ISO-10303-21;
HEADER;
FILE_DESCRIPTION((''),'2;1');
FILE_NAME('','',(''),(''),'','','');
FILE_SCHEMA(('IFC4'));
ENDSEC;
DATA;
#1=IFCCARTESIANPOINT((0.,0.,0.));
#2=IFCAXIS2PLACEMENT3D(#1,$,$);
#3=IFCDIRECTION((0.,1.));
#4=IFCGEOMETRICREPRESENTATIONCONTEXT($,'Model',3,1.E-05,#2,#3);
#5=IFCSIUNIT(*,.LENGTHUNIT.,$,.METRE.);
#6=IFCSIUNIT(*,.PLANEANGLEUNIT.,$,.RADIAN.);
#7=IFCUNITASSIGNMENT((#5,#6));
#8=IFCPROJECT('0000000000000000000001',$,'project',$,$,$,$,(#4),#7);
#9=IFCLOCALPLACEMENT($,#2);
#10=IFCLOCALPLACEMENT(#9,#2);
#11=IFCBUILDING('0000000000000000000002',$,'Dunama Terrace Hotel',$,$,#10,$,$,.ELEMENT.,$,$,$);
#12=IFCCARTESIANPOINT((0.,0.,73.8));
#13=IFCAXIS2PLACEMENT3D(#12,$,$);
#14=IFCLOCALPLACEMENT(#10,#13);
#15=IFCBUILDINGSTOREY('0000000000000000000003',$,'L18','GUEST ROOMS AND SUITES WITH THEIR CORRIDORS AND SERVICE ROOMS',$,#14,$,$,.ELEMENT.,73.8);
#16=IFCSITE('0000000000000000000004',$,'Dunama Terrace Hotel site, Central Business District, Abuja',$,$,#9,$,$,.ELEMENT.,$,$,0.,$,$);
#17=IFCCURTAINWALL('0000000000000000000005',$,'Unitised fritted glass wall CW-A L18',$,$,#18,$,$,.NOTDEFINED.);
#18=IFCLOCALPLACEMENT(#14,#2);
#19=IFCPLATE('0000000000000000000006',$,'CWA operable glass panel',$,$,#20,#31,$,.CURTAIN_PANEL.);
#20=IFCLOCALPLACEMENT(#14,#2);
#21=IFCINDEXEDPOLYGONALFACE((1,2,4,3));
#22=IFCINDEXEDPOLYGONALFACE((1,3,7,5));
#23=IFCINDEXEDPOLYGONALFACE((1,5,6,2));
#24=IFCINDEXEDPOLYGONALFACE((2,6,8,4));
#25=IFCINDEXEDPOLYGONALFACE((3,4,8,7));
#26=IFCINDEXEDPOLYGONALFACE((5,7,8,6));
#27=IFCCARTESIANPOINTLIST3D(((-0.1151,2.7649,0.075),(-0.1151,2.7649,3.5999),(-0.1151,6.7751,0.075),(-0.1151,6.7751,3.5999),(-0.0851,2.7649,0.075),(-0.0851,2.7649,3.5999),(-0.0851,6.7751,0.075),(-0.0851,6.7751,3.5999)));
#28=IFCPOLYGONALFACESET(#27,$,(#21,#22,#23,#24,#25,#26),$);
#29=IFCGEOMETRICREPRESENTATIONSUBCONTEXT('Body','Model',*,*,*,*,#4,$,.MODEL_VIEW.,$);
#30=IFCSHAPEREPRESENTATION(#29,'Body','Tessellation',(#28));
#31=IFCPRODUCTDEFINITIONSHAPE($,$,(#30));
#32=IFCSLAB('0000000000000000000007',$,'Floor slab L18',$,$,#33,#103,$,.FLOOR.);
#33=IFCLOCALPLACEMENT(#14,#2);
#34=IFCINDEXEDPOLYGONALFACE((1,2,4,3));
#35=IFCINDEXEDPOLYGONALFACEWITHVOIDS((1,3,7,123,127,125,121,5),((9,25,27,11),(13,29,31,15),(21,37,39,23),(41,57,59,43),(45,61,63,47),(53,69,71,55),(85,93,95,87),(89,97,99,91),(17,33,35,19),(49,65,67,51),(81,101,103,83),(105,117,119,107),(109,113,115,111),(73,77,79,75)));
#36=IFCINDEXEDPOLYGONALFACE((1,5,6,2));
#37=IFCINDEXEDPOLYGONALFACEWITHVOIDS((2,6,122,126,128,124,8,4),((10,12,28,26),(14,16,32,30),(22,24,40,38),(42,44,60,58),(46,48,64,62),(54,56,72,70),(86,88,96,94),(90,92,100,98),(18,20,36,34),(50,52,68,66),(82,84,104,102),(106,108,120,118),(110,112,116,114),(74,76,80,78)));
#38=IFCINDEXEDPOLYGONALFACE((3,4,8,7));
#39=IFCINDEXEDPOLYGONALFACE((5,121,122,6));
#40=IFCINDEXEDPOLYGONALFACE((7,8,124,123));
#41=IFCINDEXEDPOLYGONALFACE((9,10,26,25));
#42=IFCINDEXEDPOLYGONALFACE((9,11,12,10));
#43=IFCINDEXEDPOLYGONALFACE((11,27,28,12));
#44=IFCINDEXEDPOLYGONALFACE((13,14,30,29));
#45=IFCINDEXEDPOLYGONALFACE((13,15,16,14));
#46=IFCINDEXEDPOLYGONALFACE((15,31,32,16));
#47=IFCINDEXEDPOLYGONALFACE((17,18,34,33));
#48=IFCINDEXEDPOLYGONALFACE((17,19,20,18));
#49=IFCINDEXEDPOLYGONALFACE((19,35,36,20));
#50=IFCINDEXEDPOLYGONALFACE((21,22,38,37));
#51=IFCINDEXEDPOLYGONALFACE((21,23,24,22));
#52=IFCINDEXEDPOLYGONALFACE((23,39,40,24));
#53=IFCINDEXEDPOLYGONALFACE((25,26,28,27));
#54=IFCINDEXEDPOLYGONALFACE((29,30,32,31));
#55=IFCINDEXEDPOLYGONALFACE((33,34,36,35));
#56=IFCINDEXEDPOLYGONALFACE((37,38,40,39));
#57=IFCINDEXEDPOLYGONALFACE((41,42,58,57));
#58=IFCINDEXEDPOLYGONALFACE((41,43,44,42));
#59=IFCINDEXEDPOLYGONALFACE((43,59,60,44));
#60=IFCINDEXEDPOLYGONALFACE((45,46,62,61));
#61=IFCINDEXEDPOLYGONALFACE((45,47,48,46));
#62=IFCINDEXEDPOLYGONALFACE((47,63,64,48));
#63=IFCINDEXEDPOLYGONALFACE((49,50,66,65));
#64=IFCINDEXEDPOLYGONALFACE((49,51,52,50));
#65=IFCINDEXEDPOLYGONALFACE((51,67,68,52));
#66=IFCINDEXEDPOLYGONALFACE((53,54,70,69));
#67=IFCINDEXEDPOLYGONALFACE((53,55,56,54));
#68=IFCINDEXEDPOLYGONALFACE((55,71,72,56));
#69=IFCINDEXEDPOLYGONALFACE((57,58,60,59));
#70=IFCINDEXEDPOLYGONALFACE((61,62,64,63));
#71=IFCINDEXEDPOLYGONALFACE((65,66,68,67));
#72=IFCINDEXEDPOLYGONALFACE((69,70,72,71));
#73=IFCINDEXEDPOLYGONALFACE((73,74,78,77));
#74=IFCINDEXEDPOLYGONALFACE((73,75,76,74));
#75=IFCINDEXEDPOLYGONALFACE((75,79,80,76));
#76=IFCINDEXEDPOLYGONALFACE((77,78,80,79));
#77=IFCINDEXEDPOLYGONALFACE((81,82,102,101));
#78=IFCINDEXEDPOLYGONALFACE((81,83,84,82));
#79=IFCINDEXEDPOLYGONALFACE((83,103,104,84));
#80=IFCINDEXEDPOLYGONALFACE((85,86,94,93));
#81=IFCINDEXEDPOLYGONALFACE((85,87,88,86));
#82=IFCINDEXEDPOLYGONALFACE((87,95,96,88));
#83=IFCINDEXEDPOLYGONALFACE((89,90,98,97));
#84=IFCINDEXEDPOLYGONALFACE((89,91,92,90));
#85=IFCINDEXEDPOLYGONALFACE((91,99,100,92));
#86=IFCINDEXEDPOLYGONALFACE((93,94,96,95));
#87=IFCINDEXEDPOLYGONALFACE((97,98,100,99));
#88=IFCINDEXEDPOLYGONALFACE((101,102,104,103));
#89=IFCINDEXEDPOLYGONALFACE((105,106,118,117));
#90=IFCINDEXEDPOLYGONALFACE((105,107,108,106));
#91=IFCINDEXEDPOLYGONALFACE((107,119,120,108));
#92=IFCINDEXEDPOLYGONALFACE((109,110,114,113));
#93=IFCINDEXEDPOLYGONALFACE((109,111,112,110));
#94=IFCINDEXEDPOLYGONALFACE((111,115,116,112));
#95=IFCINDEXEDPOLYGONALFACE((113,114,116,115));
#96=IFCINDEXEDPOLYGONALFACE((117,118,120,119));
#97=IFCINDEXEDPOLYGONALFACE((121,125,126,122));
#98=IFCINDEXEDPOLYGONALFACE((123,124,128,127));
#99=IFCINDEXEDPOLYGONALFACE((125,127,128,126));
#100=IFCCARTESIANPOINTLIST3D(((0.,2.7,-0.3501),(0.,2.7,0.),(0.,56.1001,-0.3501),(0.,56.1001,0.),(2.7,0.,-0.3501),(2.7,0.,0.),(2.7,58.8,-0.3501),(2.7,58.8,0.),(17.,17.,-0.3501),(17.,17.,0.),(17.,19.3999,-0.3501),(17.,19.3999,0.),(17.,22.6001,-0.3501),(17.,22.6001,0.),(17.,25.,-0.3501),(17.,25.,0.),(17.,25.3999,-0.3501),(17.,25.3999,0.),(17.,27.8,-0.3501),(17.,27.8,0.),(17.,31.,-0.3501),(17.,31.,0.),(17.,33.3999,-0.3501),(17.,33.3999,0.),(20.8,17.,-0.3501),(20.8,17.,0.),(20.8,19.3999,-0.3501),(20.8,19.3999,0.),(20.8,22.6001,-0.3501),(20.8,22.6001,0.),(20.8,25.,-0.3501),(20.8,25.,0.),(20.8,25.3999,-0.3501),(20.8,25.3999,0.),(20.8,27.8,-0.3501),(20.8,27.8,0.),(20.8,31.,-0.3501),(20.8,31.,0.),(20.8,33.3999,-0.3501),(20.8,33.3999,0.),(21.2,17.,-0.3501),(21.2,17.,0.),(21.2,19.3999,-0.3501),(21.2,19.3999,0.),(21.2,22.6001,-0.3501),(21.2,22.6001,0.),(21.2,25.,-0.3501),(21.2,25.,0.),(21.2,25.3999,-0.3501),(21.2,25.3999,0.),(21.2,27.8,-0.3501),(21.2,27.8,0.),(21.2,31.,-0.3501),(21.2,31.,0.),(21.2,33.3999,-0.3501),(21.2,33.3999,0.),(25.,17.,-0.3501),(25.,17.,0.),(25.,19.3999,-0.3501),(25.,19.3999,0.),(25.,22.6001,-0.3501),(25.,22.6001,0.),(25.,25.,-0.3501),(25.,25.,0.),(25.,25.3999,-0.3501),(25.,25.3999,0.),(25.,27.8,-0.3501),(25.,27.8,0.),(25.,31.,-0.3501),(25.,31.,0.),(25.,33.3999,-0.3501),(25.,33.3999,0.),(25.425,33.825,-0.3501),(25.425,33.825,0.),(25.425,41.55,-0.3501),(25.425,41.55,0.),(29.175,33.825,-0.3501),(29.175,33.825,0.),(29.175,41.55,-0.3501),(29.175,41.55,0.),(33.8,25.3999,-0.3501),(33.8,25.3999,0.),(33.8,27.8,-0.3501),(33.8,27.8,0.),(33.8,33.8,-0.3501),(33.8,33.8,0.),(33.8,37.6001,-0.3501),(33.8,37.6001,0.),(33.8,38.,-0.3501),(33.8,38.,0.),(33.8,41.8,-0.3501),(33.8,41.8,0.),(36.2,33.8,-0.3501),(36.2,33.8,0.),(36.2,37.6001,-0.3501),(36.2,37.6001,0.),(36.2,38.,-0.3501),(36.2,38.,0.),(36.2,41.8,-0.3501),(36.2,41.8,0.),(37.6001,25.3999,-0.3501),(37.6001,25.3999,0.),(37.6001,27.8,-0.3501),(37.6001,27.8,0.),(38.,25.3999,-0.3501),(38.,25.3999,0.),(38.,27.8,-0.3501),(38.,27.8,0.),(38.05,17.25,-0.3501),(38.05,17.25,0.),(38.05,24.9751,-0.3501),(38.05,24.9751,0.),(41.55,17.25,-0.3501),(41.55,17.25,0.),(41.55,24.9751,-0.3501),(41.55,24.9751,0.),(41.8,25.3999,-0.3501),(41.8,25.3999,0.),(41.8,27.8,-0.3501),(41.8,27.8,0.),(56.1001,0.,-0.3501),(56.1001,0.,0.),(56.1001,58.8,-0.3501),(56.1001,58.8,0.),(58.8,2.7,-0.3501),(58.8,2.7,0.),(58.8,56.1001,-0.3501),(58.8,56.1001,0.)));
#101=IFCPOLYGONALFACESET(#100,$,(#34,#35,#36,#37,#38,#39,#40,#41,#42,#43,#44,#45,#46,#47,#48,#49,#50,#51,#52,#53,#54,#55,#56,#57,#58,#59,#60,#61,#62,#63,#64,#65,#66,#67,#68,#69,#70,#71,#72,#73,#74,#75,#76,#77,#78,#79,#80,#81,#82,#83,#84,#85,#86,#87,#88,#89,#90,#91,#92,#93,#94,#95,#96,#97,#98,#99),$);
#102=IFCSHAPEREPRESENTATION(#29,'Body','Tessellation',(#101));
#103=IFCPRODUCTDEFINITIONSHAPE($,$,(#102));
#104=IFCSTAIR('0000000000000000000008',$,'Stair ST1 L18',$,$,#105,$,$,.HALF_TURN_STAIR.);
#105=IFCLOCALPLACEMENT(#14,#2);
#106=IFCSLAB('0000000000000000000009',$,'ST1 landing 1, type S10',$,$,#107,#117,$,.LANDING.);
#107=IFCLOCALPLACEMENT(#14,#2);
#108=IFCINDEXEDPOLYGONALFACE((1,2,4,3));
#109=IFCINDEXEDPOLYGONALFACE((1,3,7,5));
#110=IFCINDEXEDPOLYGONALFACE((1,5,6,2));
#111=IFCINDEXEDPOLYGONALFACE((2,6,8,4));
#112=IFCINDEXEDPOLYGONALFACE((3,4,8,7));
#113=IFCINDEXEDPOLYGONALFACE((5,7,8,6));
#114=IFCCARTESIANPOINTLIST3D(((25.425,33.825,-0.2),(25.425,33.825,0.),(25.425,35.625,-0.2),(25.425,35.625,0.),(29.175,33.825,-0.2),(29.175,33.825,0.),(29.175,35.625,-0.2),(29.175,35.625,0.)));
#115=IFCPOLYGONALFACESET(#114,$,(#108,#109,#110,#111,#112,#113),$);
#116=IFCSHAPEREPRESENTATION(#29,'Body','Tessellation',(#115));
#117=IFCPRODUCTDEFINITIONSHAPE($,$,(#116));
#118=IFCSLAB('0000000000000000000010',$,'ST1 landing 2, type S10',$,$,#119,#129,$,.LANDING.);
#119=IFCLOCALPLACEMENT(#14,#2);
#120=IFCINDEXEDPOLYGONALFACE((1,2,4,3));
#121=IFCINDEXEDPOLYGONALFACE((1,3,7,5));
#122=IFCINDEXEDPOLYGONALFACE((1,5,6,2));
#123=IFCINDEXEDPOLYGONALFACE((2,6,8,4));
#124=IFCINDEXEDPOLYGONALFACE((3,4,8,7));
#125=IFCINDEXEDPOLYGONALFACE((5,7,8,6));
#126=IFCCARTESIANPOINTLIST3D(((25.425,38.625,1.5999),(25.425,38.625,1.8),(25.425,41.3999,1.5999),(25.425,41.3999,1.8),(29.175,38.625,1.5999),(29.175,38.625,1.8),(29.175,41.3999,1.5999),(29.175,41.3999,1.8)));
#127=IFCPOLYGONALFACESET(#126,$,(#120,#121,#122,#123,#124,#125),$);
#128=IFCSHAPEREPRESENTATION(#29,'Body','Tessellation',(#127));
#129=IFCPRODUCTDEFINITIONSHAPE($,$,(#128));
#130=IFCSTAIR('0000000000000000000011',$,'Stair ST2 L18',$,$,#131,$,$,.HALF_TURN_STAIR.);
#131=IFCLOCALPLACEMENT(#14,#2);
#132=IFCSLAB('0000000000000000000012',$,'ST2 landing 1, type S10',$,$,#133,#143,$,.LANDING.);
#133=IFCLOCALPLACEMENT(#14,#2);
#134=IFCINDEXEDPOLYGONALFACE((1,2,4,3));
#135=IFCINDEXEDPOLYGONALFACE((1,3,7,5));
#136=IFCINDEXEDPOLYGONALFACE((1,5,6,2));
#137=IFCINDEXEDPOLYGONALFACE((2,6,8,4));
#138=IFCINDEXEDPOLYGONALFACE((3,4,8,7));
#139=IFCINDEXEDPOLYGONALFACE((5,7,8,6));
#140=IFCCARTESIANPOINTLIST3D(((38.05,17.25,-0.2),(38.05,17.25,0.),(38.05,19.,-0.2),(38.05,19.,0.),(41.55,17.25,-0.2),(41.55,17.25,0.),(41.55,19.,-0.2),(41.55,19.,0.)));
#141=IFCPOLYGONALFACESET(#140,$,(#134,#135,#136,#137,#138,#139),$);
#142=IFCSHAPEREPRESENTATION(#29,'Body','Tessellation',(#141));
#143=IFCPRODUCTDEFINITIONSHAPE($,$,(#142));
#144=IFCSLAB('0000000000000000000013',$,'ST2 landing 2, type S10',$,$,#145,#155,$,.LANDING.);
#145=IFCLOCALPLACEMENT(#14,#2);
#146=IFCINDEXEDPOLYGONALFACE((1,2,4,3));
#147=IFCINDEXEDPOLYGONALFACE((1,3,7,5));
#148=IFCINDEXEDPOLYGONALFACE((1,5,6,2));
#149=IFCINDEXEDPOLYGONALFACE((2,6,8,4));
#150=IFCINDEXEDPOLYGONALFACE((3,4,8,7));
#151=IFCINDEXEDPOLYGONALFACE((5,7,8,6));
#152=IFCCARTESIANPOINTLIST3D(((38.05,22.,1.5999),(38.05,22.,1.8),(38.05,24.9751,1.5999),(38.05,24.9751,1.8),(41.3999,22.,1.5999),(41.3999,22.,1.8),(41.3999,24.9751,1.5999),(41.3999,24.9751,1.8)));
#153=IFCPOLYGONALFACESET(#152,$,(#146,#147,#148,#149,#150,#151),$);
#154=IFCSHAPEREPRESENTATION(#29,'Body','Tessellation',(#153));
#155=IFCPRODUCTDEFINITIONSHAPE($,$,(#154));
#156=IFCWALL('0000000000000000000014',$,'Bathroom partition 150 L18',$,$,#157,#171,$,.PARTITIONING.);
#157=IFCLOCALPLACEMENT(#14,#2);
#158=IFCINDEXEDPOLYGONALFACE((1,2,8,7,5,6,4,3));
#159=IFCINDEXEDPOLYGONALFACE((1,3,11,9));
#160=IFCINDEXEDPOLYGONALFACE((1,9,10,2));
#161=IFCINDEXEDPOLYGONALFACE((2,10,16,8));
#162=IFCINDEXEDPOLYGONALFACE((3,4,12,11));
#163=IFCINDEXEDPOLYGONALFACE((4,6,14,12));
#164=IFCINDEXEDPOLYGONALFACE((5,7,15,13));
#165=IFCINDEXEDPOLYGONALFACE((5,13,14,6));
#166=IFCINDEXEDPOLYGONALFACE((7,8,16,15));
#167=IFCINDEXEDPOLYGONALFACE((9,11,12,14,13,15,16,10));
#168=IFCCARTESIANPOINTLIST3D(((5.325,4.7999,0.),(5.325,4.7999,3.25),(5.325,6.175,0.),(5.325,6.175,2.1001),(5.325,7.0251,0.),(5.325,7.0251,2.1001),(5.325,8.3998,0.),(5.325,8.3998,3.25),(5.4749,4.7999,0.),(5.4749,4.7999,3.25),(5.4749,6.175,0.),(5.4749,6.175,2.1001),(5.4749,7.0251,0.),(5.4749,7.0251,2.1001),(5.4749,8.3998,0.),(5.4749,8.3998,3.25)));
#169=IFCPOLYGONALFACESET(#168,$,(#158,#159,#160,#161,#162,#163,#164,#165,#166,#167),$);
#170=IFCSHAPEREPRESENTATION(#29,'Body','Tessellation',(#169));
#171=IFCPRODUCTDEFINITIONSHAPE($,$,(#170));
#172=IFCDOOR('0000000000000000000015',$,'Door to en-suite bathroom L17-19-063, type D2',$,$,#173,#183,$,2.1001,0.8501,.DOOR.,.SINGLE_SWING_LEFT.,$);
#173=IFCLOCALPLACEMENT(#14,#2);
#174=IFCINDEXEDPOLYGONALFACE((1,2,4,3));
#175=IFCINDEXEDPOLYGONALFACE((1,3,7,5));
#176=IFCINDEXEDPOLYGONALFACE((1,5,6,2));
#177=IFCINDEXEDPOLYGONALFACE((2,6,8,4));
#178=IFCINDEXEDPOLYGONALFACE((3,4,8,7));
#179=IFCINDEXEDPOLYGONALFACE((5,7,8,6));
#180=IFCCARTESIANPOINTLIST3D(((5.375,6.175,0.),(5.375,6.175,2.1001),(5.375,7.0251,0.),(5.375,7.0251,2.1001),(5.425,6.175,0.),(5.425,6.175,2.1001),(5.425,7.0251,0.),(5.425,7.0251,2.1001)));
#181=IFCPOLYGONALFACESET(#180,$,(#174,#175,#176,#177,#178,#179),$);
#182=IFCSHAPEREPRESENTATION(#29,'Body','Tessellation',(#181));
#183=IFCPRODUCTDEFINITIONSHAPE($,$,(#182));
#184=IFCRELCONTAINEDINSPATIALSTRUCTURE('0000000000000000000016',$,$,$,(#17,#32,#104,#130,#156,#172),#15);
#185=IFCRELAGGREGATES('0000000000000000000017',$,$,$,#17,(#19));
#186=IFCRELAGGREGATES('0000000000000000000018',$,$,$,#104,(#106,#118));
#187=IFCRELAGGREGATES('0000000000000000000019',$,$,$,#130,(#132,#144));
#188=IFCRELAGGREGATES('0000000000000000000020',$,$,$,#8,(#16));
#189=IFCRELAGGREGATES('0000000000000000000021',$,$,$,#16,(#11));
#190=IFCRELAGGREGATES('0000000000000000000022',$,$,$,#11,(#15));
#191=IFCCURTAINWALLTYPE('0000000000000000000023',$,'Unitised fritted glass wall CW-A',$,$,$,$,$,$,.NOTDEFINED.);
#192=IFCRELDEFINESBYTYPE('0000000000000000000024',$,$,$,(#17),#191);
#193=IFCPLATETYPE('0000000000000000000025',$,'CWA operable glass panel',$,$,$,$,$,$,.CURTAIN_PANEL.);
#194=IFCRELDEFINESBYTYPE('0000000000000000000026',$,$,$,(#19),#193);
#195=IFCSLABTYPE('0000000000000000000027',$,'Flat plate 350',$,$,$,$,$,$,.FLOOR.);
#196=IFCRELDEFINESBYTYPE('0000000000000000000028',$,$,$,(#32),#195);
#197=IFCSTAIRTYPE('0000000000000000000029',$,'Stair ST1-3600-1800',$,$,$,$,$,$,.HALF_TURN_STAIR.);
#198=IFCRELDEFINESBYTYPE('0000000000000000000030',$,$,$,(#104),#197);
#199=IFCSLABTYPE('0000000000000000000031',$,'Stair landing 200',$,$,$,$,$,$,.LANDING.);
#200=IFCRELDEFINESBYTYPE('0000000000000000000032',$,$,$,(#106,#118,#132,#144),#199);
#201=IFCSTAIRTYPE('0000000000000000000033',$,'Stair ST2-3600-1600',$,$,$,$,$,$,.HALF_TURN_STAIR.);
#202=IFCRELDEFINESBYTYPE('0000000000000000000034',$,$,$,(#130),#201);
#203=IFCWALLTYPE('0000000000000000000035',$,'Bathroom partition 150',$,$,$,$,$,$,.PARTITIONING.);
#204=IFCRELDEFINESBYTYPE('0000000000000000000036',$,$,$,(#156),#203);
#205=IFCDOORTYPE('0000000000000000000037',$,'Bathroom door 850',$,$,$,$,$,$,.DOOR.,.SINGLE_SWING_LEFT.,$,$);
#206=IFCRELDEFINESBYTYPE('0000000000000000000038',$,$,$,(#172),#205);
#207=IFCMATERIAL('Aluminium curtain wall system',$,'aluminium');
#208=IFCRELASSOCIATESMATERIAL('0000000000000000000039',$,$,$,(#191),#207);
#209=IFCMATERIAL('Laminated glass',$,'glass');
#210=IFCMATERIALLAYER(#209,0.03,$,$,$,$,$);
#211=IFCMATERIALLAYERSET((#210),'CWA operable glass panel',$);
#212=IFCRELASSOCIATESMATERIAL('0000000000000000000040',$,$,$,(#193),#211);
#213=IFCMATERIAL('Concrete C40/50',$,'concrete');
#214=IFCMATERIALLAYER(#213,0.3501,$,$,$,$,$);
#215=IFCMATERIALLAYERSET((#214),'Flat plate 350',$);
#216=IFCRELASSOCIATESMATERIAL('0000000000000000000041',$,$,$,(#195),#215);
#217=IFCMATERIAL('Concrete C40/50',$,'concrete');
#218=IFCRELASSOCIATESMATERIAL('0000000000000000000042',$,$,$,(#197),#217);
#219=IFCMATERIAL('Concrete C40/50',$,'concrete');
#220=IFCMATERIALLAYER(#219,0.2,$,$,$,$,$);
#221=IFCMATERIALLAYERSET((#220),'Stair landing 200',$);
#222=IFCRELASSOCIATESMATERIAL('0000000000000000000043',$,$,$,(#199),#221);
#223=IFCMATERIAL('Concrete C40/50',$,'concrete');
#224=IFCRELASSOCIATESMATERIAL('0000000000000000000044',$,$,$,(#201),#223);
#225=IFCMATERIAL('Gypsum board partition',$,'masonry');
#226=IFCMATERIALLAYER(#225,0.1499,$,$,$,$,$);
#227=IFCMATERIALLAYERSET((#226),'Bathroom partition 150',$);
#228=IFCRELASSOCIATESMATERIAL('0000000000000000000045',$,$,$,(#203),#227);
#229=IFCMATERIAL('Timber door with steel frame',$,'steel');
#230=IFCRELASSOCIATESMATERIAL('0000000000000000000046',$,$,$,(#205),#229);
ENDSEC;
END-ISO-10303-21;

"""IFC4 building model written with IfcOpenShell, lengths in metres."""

from ifc_helpers import new_model, si_unit, direction, frame, frame_2d, origin, origin_2d, place, context, subcontext, project, spatial, polyline, rectangle, outline, extrude, material, layer, layer_set, type_object, element, fill, aggregate, save


model = new_model("IFC4")

# Units and contexts
model_context = context("Model", 3, precision=1e-05, world=origin(), true_north=direction((0.0, 1.0)))
body_context = subcontext(model_context, "Body", "Model", "MODEL_VIEW")
ifc_project = project(units=[si_unit("LENGTHUNIT", "METRE"), si_unit("PLANEANGLEUNIT", "RADIAN")], contexts=[model_context])

# Site, building, storey
site_placement = place(None, origin())
site = spatial("IfcSite", under=ifc_project, at=site_placement, Name="Dunama Terrace Hotel site, Central Business District, Abuja", CompositionType="ELEMENT", RefElevation=0.0)
building_placement = place(site_placement, origin())
building = spatial("IfcBuilding", under=site, at=building_placement, Name="Dunama Terrace Hotel", CompositionType="ELEMENT")
storey_placement = place(building_placement, frame((0.0, 0.0, 73.8)))
storey = spatial("IfcBuildingStorey", under=building, at=storey_placement, Name="L18", Description="GUEST ROOMS AND SUITES WITH THEIR CORRIDORS AND SERVICE ROOMS", CompositionType="ELEMENT", Elevation=73.8)

# Curtain wall
ifc_material_1 = material(Name="Aluminium curtain wall system", Category="aluminium")
curtain_wall_type = type_object("IfcCurtainWallType", Name="Unitised fritted glass wall CW-A", PredefinedType="NOTDEFINED", material=ifc_material_1)
curtain_wall_1_placement = place(storey_placement, origin())
curtain_wall_1 = element("IfcCurtainWall", 1, at=curtain_wall_1_placement, inside=storey, type_object=curtain_wall_type, Name="Unitised fritted glass wall CW-A L18", PredefinedType="NOTDEFINED")

# Plate
ifc_material_2 = material(Name="Laminated glass", Category="glass")
ifc_layer_1 = layer(ifc_material_2, 0.03)
ifc_layer_set_1 = layer_set([ifc_layer_1], Name="CWA operable glass panel")
plate_type_1 = type_object("IfcPlateType", Name="CWA operable glass panel", PredefinedType="CURTAIN_PANEL", material=ifc_layer_set_1)
plate_1_placement = place(storey_placement, frame((-0.1001, 4.77, 0.075), z_axis=(0.0, 0.0, 1.0), x_axis=(0.0, -1.0, 0.0)))
plate_1 = element("IfcPlate", 2, at=plate_1_placement, type_object=plate_type_1, Name="CWA operable glass panel", PredefinedType="CURTAIN_PANEL", context=body_context, shape_type="SweptSolid", body=[
    extrude(rectangle(XDim=4.0103, YDim=0.03, at=origin_2d()), origin(), (0.0, 0.0, 1.0), 3.5249),
])
aggregate(curtain_wall_1, [plate_1])

# Slab
ifc_material_3 = material(Name="Concrete C40/50", Category="concrete")
ifc_layer_2 = layer(ifc_material_3, 0.3501)
ifc_layer_set_2 = layer_set([ifc_layer_2], Name="Flat plate 350")
slab_type_1 = type_object("IfcSlabType", Name="Flat plate 350", PredefinedType="FLOOR", material=ifc_layer_set_2)
slab_1_placement = place(storey_placement, frame((0.0, 0.0, -0.3501)))
element("IfcSlab", 3, at=slab_1_placement, inside=storey, type_object=slab_type_1, Name="Floor slab L18", PredefinedType="FLOOR", context=body_context, shape_type="SweptSolid", body=[
    extrude(outline(polyline([(2.7, 0.0), (56.1001, 0.0), (58.8, 2.7), (58.8, 56.1001), (56.1001, 58.8), (2.7, 58.8), (0.0, 56.1001), (0.0, 2.7), (2.7, 0.0)]), holes=[polyline([(20.8, 25.3999), (20.8, 27.8), (17.0, 27.8), (17.0, 25.3999), (20.8, 25.3999)]), polyline([(25.0, 25.3999), (25.0, 27.8), (21.2, 27.8), (21.2, 25.3999), (25.0, 25.3999)]), polyline([(20.8, 31.0), (20.8, 33.3999), (17.0, 33.3999), (17.0, 31.0), (20.8, 31.0)]), polyline([(25.0, 31.0), (25.0, 33.3999), (21.2, 33.3999), (21.2, 31.0), (25.0, 31.0)]), polyline([(37.6001, 25.3999), (37.6001, 27.8), (33.8, 27.8), (33.8, 25.3999), (37.6001, 25.3999)]), polyline([(41.8, 25.3999), (41.8, 27.8), (38.0, 27.8), (38.0, 25.3999), (41.8, 25.3999)]), polyline([(20.8, 17.0), (20.8, 19.3999), (17.0, 19.3999), (17.0, 17.0), (20.8, 17.0)]), polyline([(25.0, 17.0), (25.0, 19.3999), (21.2, 19.3999), (21.2, 17.0), (25.0, 17.0)]), polyline([(20.8, 22.6001), (20.8, 25.0), (17.0, 25.0), (17.0, 22.6001), (20.8, 22.6001)]), polyline([(25.0, 22.6001), (25.0, 25.0), (21.2, 25.0), (21.2, 22.6001), (25.0, 22.6001)]), polyline([(36.2, 38.0), (36.2, 41.8), (33.8, 41.8), (33.8, 38.0), (36.2, 38.0)]), polyline([(36.2, 33.8), (36.2, 37.6001), (33.8, 37.6001), (33.8, 33.8), (36.2, 33.8)]), polyline([(29.175, 33.825), (29.175, 41.55), (25.425, 41.55), (25.425, 33.825), (29.175, 33.825)]), polyline([(41.55, 17.25), (41.55, 24.9751), (38.05, 24.9751), (38.05, 17.25), (41.55, 17.25)])]), origin(), (0.0, 0.0, 1.0), 0.3501),
])

# Stairs, slabs
ifc_material_4 = material(Name="Concrete C40/50", Category="concrete")
stair_type_1 = type_object("IfcStairType", Name="Stair ST1-3600-1800", PredefinedType="HALF_TURN_STAIR", material=ifc_material_4)
stair_1_placement = place(storey_placement, origin())
stair_1 = element("IfcStair", 4, at=stair_1_placement, inside=storey, type_object=stair_type_1, Name="Stair ST1 L18", PredefinedType="HALF_TURN_STAIR")
ifc_material_5 = material(Name="Concrete C40/50", Category="concrete")
ifc_layer_3 = layer(ifc_material_5, 0.2)
ifc_layer_set_3 = layer_set([ifc_layer_3], Name="Stair landing 200")
slab_type_2 = type_object("IfcSlabType", Name="Stair landing 200", PredefinedType="LANDING", material=ifc_layer_set_3)
slab_2_placement = place(storey_placement, frame((0.0, 0.0, -0.2)))
slab_2 = element("IfcSlab", 5, at=slab_2_placement, type_object=slab_type_2, Name="ST1 landing 1, type S10", PredefinedType="LANDING", context=body_context, shape_type="SweptSolid", body=[
    extrude(outline(polyline([(25.425, 33.825), (29.175, 33.825), (29.175, 35.625), (25.425, 35.625), (25.425, 33.825)])), origin(), (0.0, 0.0, 1.0), 0.2),
])
slab_3_placement = place(storey_placement, frame((0.0, 0.0, 1.5999)))
slab_3 = element("IfcSlab", 6, at=slab_3_placement, type_object=slab_type_2, Name="ST1 landing 2, type S10", PredefinedType="LANDING", context=body_context, shape_type="SweptSolid", body=[
    extrude(outline(polyline([(25.425, 38.625), (29.175, 38.625), (29.175, 41.3999), (25.425, 41.3999), (25.425, 38.625)])), origin(), (0.0, 0.0, 1.0), 0.2002),
])
aggregate(stair_1, [slab_2, slab_3])
ifc_material_6 = material(Name="Concrete C40/50", Category="concrete")
stair_type_2 = type_object("IfcStairType", Name="Stair ST2-3600-1600", PredefinedType="HALF_TURN_STAIR", material=ifc_material_6)
stair_2_placement = place(storey_placement, origin())
stair_2 = element("IfcStair", 7, at=stair_2_placement, inside=storey, type_object=stair_type_2, Name="Stair ST2 L18", PredefinedType="HALF_TURN_STAIR")
slab_4_placement = place(storey_placement, frame((0.0, 0.0, -0.2)))
slab_4 = element("IfcSlab", 8, at=slab_4_placement, type_object=slab_type_2, Name="ST2 landing 1, type S10", PredefinedType="LANDING", context=body_context, shape_type="SweptSolid", body=[
    extrude(outline(polyline([(38.05, 17.25), (41.55, 17.25), (41.55, 19.0), (38.05, 19.0), (38.05, 17.25)])), origin(), (0.0, 0.0, 1.0), 0.2),
])
slab_5_placement = place(storey_placement, frame((0.0, 0.0, 1.5999)))
slab_5 = element("IfcSlab", 9, at=slab_5_placement, type_object=slab_type_2, Name="ST2 landing 2, type S10", PredefinedType="LANDING", context=body_context, shape_type="SweptSolid", body=[
    extrude(outline(polyline([(38.05, 22.0), (41.3999, 22.0), (41.3999, 24.9751), (38.05, 24.9751), (38.05, 22.0)])), origin(), (0.0, 0.0, 1.0), 0.2002),
])
aggregate(stair_2, [slab_4, slab_5])

# Wall, opening, door
ifc_material_7 = material(Name="Gypsum board partition", Category="masonry")
ifc_layer_4 = layer(ifc_material_7, 0.1499)
ifc_layer_set_4 = layer_set([ifc_layer_4], Name="Bathroom partition 150")
wall_type_1 = type_object("IfcWallType", Name="Bathroom partition 150", PredefinedType="PARTITIONING", material=ifc_layer_set_4)
wall_1_placement = place(storey_placement, frame((5.3999, 4.8, 0.0), z_axis=(0.0, 0.0, 1.0), x_axis=(0.0, 1.0, 0.0)))
wall_1 = element("IfcWall", 10, at=wall_1_placement, inside=storey, type_object=wall_type_1, Name="Bathroom partition 150 L18", PredefinedType="PARTITIONING", context=body_context, shape_type="SweptSolid", body=[
    extrude(rectangle(XDim=3.5999, YDim=0.1499, at=frame_2d((1.7998, 0.0))), origin(), (0.0, 0.0, 1.0), 3.25),
])
opening_1_placement = place(wall_1_placement, frame((1.375, 0.0, 0.0)))
opening_1 = element("IfcOpeningElement", 11, at=opening_1_placement, cuts=wall_1, PredefinedType="OPENING", context=body_context, shape_type="SweptSolid", body=[
    extrude(rectangle(XDim=0.8501, YDim=2.1001, at=frame_2d((0.425, 1.05))), frame((0.0, 0.085, 0.0), z_axis=(0.0, -1.0, 0.0), x_axis=(1.0, 0.0, 0.0)), (0.0, 0.0, 1.0), 0.1699),
])
ifc_material_8 = material(Name="Timber door with steel frame", Category="steel")
door_type_1 = type_object("IfcDoorType", Name="Bathroom door 850", OperationType="SINGLE_SWING_LEFT", PredefinedType="DOOR", material=ifc_material_8)
door_1_placement = place(opening_1_placement, frame((0.8501, 0.0, 0.0), z_axis=(0.0, 0.0, 1.0), x_axis=(-1.0, 0.0, 0.0)))
door_1 = element("IfcDoor", 12, at=door_1_placement, inside=storey, type_object=door_type_1, Name="Door to en-suite bathroom L17-19-063, type D2", OperationType="SINGLE_SWING_LEFT", OverallHeight=2.1001, OverallWidth=0.8501, PredefinedType="DOOR", context=body_context, shape_type="SweptSolid", body=[
    extrude(rectangle(XDim=0.8501, YDim=2.1001, at=frame_2d((0.425, 1.05))), frame((0.0, 0.0251, 0.0), z_axis=(0.0, -1.0, 0.0), x_axis=(1.0, 0.0, 0.0)), (0.0, 0.0, 1.0), 0.05),
])
fill(opening_1, door_1)

save(model, "model.ifc")
